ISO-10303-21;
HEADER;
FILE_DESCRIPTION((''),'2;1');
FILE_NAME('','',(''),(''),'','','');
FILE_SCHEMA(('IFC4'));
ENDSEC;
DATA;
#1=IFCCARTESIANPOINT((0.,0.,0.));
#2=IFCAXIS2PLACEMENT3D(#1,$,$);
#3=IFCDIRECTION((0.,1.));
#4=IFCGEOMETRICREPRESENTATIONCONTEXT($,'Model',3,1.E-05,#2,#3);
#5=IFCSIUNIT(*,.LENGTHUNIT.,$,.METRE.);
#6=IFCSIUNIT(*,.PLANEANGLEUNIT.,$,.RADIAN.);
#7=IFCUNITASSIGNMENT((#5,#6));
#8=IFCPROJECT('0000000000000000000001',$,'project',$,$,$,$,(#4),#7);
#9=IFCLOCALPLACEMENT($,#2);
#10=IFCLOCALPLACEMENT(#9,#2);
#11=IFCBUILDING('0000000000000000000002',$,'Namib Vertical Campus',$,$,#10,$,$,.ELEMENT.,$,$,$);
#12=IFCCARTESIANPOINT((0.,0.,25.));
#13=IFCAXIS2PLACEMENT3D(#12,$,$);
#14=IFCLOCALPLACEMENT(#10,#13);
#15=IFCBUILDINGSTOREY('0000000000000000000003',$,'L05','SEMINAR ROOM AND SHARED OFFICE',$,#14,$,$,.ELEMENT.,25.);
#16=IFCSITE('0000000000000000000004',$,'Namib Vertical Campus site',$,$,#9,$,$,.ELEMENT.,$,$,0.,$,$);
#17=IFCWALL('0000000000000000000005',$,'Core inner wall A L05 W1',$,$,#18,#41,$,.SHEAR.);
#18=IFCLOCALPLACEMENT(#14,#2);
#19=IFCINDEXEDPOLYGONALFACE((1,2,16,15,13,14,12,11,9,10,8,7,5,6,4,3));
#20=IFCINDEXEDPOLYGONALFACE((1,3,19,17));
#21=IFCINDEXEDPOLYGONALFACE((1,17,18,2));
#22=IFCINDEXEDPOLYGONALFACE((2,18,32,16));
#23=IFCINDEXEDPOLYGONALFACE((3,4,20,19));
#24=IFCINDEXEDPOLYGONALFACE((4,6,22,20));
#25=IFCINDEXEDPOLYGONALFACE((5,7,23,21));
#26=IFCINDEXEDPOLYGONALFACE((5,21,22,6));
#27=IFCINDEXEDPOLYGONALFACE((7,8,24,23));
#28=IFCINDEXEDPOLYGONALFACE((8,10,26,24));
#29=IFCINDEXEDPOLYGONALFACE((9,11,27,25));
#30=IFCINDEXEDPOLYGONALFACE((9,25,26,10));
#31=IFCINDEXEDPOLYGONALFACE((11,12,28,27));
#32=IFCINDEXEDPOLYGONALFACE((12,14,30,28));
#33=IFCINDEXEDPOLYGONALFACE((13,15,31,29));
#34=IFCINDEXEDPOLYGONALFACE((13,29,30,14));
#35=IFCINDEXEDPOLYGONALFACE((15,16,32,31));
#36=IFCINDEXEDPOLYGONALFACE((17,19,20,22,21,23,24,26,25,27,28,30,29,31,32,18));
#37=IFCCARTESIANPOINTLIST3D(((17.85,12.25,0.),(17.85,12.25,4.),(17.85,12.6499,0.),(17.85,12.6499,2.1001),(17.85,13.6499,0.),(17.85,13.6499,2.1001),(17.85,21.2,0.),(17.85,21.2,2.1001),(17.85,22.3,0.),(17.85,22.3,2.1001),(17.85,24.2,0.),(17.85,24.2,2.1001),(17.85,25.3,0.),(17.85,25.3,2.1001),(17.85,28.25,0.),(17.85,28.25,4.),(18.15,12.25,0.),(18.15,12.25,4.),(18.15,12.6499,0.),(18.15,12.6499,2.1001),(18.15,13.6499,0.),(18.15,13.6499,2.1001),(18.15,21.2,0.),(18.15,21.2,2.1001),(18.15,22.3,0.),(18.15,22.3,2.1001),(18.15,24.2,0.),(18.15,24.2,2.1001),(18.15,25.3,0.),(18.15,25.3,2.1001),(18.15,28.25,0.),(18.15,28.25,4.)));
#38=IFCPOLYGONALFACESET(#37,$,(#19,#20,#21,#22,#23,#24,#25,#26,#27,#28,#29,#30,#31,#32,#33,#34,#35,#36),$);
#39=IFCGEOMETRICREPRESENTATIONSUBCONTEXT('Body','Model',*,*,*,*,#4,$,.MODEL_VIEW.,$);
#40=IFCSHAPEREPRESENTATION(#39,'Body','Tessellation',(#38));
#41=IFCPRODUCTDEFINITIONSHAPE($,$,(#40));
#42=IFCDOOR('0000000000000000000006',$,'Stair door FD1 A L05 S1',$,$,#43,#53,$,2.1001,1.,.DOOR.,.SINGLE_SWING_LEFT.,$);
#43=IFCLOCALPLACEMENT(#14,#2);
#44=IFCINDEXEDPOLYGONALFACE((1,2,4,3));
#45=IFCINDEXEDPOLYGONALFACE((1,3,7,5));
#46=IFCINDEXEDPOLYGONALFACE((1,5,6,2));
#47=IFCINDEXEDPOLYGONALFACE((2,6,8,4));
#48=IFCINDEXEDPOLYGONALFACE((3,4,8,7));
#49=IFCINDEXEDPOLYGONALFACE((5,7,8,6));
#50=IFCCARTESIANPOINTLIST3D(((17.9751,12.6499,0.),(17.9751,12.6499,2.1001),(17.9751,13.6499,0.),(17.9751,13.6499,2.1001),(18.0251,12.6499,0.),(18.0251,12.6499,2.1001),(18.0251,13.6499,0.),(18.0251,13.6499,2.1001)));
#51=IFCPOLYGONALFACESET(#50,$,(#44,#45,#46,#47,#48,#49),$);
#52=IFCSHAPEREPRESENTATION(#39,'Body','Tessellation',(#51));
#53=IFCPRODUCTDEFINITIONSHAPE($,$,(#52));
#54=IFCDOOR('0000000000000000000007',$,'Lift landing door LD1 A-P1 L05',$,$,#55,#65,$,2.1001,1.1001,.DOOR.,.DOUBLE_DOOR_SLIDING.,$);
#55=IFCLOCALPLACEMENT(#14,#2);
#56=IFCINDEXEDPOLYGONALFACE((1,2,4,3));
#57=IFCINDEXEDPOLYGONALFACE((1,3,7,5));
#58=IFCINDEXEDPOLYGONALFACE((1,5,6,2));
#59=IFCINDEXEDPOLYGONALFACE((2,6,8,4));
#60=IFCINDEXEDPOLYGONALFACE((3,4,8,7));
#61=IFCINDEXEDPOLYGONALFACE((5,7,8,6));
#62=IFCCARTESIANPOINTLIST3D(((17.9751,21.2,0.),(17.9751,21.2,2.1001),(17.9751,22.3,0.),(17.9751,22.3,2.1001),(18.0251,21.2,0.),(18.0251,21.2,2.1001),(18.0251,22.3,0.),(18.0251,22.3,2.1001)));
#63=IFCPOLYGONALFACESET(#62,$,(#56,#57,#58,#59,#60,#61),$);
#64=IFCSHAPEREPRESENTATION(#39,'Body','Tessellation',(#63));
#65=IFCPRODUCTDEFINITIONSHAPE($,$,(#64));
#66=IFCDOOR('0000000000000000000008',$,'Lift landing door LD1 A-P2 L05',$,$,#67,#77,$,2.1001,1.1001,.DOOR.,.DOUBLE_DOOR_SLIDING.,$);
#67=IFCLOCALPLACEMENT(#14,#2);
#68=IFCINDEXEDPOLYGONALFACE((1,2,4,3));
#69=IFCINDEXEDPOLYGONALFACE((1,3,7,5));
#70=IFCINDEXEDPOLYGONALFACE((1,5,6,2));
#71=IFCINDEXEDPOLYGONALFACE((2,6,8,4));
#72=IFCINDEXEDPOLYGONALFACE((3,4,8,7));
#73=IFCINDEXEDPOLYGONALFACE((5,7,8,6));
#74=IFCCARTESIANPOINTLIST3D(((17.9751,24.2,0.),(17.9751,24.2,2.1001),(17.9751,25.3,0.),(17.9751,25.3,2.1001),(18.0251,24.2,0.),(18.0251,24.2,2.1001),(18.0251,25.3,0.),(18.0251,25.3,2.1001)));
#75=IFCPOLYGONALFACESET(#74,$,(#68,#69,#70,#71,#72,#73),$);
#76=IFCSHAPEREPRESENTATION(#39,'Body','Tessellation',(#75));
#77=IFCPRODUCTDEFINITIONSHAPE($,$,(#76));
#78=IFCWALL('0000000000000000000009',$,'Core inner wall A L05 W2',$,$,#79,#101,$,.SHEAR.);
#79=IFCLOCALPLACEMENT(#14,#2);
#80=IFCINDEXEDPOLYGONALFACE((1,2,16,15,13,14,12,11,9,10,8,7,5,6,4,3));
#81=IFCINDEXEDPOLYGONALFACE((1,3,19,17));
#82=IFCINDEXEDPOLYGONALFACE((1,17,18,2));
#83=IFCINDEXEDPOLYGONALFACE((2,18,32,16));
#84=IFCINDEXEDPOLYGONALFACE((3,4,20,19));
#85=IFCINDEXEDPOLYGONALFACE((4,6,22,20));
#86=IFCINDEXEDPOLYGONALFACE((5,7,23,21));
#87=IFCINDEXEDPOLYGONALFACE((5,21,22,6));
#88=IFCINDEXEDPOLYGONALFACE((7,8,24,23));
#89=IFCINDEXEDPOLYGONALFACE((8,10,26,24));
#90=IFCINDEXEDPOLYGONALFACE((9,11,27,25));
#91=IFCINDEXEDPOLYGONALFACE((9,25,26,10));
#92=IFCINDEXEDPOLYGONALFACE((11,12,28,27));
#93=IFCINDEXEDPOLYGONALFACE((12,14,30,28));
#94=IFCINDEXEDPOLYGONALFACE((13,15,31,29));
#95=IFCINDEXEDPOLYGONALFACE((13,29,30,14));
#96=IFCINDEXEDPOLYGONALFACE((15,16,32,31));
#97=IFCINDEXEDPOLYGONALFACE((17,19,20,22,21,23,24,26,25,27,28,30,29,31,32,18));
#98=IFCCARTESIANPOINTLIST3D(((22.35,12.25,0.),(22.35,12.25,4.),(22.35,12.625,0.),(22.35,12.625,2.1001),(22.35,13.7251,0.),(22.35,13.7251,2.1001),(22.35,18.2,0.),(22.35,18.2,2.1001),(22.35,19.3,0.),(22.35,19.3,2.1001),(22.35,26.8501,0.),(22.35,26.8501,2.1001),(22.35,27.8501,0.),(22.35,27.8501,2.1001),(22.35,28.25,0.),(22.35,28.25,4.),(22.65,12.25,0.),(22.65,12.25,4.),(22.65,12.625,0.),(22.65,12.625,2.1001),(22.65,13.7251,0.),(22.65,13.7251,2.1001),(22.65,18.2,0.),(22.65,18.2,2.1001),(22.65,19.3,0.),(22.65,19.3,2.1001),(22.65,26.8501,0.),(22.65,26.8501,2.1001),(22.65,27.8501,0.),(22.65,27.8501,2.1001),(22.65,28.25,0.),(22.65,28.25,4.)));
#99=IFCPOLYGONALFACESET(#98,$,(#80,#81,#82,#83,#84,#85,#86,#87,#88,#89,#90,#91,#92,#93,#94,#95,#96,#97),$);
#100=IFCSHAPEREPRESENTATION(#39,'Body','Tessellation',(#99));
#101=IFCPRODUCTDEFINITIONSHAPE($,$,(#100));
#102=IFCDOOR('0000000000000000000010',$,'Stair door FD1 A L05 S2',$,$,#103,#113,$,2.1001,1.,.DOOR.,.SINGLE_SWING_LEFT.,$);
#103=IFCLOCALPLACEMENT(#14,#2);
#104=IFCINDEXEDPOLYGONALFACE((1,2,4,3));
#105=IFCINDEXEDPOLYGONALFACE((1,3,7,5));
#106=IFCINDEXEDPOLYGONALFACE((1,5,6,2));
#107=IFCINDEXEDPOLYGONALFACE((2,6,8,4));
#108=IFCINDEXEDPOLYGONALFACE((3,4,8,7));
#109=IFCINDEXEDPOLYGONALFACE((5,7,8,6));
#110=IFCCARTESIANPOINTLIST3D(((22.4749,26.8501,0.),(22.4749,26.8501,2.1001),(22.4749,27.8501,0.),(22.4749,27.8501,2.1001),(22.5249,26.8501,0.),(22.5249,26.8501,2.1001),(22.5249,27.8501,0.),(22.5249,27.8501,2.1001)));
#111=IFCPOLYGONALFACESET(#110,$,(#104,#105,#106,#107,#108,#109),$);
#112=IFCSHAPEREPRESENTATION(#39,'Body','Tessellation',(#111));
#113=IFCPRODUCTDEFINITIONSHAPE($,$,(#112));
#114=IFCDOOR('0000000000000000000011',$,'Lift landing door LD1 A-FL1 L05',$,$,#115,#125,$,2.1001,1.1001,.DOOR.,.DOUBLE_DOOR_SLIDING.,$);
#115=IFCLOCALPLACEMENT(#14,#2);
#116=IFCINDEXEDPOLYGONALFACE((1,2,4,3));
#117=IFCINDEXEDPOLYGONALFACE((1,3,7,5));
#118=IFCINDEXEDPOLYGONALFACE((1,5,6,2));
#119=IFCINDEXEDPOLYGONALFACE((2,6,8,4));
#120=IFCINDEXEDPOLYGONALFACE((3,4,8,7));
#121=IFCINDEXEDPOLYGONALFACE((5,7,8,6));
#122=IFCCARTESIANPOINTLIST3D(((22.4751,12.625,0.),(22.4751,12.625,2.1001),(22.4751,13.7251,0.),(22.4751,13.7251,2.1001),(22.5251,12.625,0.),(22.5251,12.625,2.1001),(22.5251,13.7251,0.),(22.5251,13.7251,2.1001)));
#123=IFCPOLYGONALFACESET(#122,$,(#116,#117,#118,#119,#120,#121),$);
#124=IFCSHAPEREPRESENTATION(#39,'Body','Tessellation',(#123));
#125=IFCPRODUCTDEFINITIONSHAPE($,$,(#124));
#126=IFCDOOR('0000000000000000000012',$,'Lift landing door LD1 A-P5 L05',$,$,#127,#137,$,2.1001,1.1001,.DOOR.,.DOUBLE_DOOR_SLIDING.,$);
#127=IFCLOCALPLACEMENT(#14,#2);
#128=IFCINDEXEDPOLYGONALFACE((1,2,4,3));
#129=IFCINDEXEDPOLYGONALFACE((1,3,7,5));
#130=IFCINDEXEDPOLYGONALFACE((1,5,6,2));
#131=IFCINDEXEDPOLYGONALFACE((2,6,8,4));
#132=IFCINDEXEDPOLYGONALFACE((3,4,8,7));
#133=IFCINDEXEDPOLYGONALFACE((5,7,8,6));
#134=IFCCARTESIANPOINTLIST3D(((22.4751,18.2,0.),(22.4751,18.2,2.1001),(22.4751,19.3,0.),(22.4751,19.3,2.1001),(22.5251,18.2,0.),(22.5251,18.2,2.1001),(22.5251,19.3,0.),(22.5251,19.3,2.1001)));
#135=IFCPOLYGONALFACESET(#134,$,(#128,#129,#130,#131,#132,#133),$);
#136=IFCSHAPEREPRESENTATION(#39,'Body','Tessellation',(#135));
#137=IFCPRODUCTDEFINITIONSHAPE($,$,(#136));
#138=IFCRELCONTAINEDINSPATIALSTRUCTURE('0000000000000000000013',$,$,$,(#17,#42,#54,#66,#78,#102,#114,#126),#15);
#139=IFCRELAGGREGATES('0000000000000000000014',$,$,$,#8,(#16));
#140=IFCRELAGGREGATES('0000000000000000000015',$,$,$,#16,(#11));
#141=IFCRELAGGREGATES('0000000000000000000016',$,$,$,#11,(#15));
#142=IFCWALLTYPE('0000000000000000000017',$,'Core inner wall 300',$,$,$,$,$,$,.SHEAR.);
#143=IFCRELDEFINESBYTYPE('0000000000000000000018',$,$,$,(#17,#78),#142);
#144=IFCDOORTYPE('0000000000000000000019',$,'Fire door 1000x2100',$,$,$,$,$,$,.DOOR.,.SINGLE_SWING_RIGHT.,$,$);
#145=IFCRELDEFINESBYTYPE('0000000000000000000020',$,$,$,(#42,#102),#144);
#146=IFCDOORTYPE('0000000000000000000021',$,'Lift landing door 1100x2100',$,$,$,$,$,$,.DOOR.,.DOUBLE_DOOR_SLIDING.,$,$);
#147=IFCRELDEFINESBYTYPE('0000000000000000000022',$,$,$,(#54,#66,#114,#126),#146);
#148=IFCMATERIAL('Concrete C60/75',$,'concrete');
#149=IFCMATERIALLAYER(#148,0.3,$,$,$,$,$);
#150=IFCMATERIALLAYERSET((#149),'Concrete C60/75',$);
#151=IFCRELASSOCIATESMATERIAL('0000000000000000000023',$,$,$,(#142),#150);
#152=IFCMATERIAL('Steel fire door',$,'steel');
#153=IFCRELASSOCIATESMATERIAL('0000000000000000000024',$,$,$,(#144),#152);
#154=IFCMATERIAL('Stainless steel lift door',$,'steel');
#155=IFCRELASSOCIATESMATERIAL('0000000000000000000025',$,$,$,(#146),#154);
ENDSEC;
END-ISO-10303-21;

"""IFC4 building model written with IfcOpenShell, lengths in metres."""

from ifc_helpers import new_model, si_unit, direction, frame, frame_2d, origin, place, context, subcontext, project, spatial, rectangle, extrude, material, layer, layer_set, type_object, element, fill, save


model = new_model("IFC4")

# Units and contexts
model_context = context("Model", 3, precision=1e-05, world=origin(), true_north=direction((0.0, 1.0)))
body_context = subcontext(model_context, "Body", "Model", "MODEL_VIEW")
ifc_project = project(units=[si_unit("LENGTHUNIT", "METRE"), si_unit("PLANEANGLEUNIT", "RADIAN")], contexts=[model_context])

# Site, building, storey
site_placement = place(None, origin())
site = spatial("IfcSite", under=ifc_project, at=site_placement, Name="Namib Vertical Campus site", CompositionType="ELEMENT", RefElevation=0.0)
building_placement = place(site_placement, origin())
building = spatial("IfcBuilding", under=site, at=building_placement, Name="Namib Vertical Campus", CompositionType="ELEMENT")
storey_placement = place(building_placement, frame((0.0, 0.0, 25.0)))
storey = spatial("IfcBuildingStorey", under=building, at=storey_placement, Name="L05", Description="SEMINAR ROOM AND SHARED OFFICE", CompositionType="ELEMENT", Elevation=25.0)

# Walls, openings, doors
ifc_material_1 = material(Name="Concrete C60/75", Category="concrete")
ifc_layer_1 = layer(ifc_material_1, 0.3)
ifc_layer_set_1 = layer_set([ifc_layer_1], Name="Concrete C60/75")
wall_type_1 = type_object("IfcWallType", Name="Core inner wall 300", PredefinedType="SHEAR", material=ifc_layer_set_1)
wall_1_placement = place(storey_placement, frame((18.0, 12.25, 0.0), z_axis=(0.0, 0.0, 1.0), x_axis=(0.0, 1.0, 0.0)))
wall_1 = element("IfcWall", 1, at=wall_1_placement, inside=storey, type_object=wall_type_1, Name="Core inner wall A L05 W1", PredefinedType="SHEAR", context=body_context, shape_type="SweptSolid", body=[
    extrude(rectangle(XDim=16.0, YDim=0.3, at=frame_2d((8.0, 0.0))), origin(), (0.0, 0.0, 1.0), 4.0),
])
opening_1_placement = place(wall_1_placement, frame((0.3999, 0.0, 0.0)))
opening_1 = element("IfcOpeningElement", 2, at=opening_1_placement, cuts=wall_1, PredefinedType="OPENING", context=body_context, shape_type="SweptSolid", body=[
    extrude(rectangle(XDim=1.0, YDim=2.1001, at=frame_2d((0.5, 1.05))), frame((0.0, 0.1599, 0.0), z_axis=(0.0, -1.0, 0.0), x_axis=(1.0, 0.0, 0.0)), (0.0, 0.0, 1.0), 0.3201),
])
opening_2_placement = place(wall_1_placement, frame((8.95, 0.0, 0.0)))
opening_2 = element("IfcOpeningElement", 3, at=opening_2_placement, cuts=wall_1, PredefinedType="OPENING", context=body_context, shape_type="SweptSolid", body=[
    extrude(rectangle(XDim=1.1001, YDim=2.1001, at=frame_2d((0.55, 1.05))), frame((0.0, 0.1599, 0.0), z_axis=(0.0, -1.0, 0.0), x_axis=(1.0, 0.0, 0.0)), (0.0, 0.0, 1.0), 0.3201),
])
opening_3_placement = place(wall_1_placement, frame((11.95, 0.0, 0.0)))
opening_3 = element("IfcOpeningElement", 4, at=opening_3_placement, cuts=wall_1, PredefinedType="OPENING", context=body_context, shape_type="SweptSolid", body=[
    extrude(rectangle(XDim=1.1001, YDim=2.1001, at=frame_2d((0.55, 1.05))), frame((0.0, 0.1599, 0.0), z_axis=(0.0, -1.0, 0.0), x_axis=(1.0, 0.0, 0.0)), (0.0, 0.0, 1.0), 0.3201),
])
ifc_material_2 = material(Name="Steel fire door", Category="steel")
door_type_1 = type_object("IfcDoorType", Name="Fire door 1000x2100", OperationType="SINGLE_SWING_RIGHT", PredefinedType="DOOR", material=ifc_material_2)
door_1_placement = place(opening_1_placement, origin())
door_1 = element("IfcDoor", 5, at=door_1_placement, inside=storey, type_object=door_type_1, Name="Stair door FD1 A L05 S1", OperationType="SINGLE_SWING_LEFT", OverallHeight=2.1001, OverallWidth=1.0, PredefinedType="DOOR", context=body_context, shape_type="SweptSolid", body=[
    extrude(rectangle(XDim=1.0, YDim=2.1001, at=frame_2d((0.5, 1.05))), frame((0.0, 0.0249, 0.0), z_axis=(0.0, -1.0, 0.0), x_axis=(1.0, 0.0, 0.0)), (0.0, 0.0, 1.0), 0.05),
])
fill(opening_1, door_1)
ifc_material_3 = material(Name="Stainless steel lift door", Category="steel")
door_type_2 = type_object("IfcDoorType", Name="Lift landing door 1100x2100", OperationType="DOUBLE_DOOR_SLIDING", PredefinedType="DOOR", material=ifc_material_3)
door_2_placement = place(opening_2_placement, origin())
door_2 = element("IfcDoor", 6, at=door_2_placement, inside=storey, type_object=door_type_2, Name="Lift landing door LD1 A-P1 L05", OperationType="DOUBLE_DOOR_SLIDING", OverallHeight=2.1001, OverallWidth=1.1001, PredefinedType="DOOR", context=body_context, shape_type="SweptSolid", body=[
    extrude(rectangle(XDim=1.1001, YDim=2.1001, at=frame_2d((0.55, 1.05))), frame((0.0, 0.0249, 0.0), z_axis=(0.0, -1.0, 0.0), x_axis=(1.0, 0.0, 0.0)), (0.0, 0.0, 1.0), 0.05),
])
fill(opening_2, door_2)
door_3_placement = place(opening_3_placement, origin())
door_3 = element("IfcDoor", 7, at=door_3_placement, inside=storey, type_object=door_type_2, Name="Lift landing door LD1 A-P2 L05", OperationType="DOUBLE_DOOR_SLIDING", OverallHeight=2.1001, OverallWidth=1.1001, PredefinedType="DOOR", context=body_context, shape_type="SweptSolid", body=[
    extrude(rectangle(XDim=1.1001, YDim=2.1001, at=frame_2d((0.55, 1.05))), frame((0.0, 0.0249, 0.0), z_axis=(0.0, -1.0, 0.0), x_axis=(1.0, 0.0, 0.0)), (0.0, 0.0, 1.0), 0.05),
])
fill(opening_3, door_3)
wall_2_placement = place(storey_placement, frame((22.5, 12.25, 0.0), z_axis=(0.0, 0.0, 1.0), x_axis=(0.0, 1.0, 0.0)))
wall_2 = element("IfcWall", 8, at=wall_2_placement, inside=storey, type_object=wall_type_1, Name="Core inner wall A L05 W2", PredefinedType="SHEAR", context=body_context, shape_type="SweptSolid", body=[
    extrude(rectangle(XDim=16.0, YDim=0.3, at=frame_2d((8.0, 0.0))), origin(), (0.0, 0.0, 1.0), 4.0),
])
opening_4_placement = place(wall_2_placement, frame((14.6001, 0.0, 0.0)))
opening_4 = element("IfcOpeningElement", 9, at=opening_4_placement, cuts=wall_2, PredefinedType="OPENING", context=body_context, shape_type="SweptSolid", body=[
    extrude(rectangle(XDim=1.0, YDim=2.1001, at=frame_2d((0.5, 1.05))), frame((0.0, 0.1599, 0.0), z_axis=(0.0, -1.0, 0.0), x_axis=(1.0, 0.0, 0.0)), (0.0, 0.0, 1.0), 0.3201),
])
opening_5_placement = place(wall_2_placement, frame((0.375, 0.0, 0.0)))
opening_5 = element("IfcOpeningElement", 10, at=opening_5_placement, cuts=wall_2, PredefinedType="OPENING", context=body_context, shape_type="SweptSolid", body=[
    extrude(rectangle(XDim=1.1001, YDim=2.1001, at=frame_2d((0.55, 1.05))), frame((0.0, 0.1599, 0.0), z_axis=(0.0, -1.0, 0.0), x_axis=(1.0, 0.0, 0.0)), (0.0, 0.0, 1.0), 0.3201),
])
opening_6_placement = place(wall_2_placement, frame((5.95, 0.0, 0.0)))
opening_6 = element("IfcOpeningElement", 11, at=opening_6_placement, cuts=wall_2, PredefinedType="OPENING", context=body_context, shape_type="SweptSolid", body=[
    extrude(rectangle(XDim=1.1001, YDim=2.1001, at=frame_2d((0.55, 1.05))), frame((0.0, 0.1599, 0.0), z_axis=(0.0, -1.0, 0.0), x_axis=(1.0, 0.0, 0.0)), (0.0, 0.0, 1.0), 0.3201),
])
door_4_placement = place(opening_4_placement, frame((1.0, 0.0, 0.0), z_axis=(0.0, 0.0, 1.0), x_axis=(-1.0, 0.0, 0.0)))
door_4 = element("IfcDoor", 12, at=door_4_placement, inside=storey, type_object=door_type_1, Name="Stair door FD1 A L05 S2", OperationType="SINGLE_SWING_LEFT", OverallHeight=2.1001, OverallWidth=1.0, PredefinedType="DOOR", context=body_context, shape_type="SweptSolid", body=[
    extrude(rectangle(XDim=1.0, YDim=2.1001, at=frame_2d((0.5, 1.05))), frame((0.0, 0.0249, 0.0), z_axis=(0.0, -1.0, 0.0), x_axis=(1.0, 0.0, 0.0)), (0.0, 0.0, 1.0), 0.05),
])
fill(opening_4, door_4)
door_5_placement = place(opening_5_placement, origin())
door_5 = element("IfcDoor", 13, at=door_5_placement, inside=storey, type_object=door_type_2, Name="Lift landing door LD1 A-FL1 L05", OperationType="DOUBLE_DOOR_SLIDING", OverallHeight=2.1001, OverallWidth=1.1001, PredefinedType="DOOR", context=body_context, shape_type="SweptSolid", body=[
    extrude(rectangle(XDim=1.1001, YDim=2.1001, at=frame_2d((0.55, 1.05))), frame((0.0, 0.0249, 0.0), z_axis=(0.0, -1.0, 0.0), x_axis=(1.0, 0.0, 0.0)), (0.0, 0.0, 1.0), 0.05),
])
fill(opening_5, door_5)
door_6_placement = place(opening_6_placement, origin())
door_6 = element("IfcDoor", 14, at=door_6_placement, inside=storey, type_object=door_type_2, Name="Lift landing door LD1 A-P5 L05", OperationType="DOUBLE_DOOR_SLIDING", OverallHeight=2.1001, OverallWidth=1.1001, PredefinedType="DOOR", context=body_context, shape_type="SweptSolid", body=[
    extrude(rectangle(XDim=1.1001, YDim=2.1001, at=frame_2d((0.55, 1.05))), frame((0.0, 0.0249, 0.0), z_axis=(0.0, -1.0, 0.0), x_axis=(1.0, 0.0, 0.0)), (0.0, 0.0, 1.0), 0.05),
])
fill(opening_6, door_6)

save(model, "model.ifc")
